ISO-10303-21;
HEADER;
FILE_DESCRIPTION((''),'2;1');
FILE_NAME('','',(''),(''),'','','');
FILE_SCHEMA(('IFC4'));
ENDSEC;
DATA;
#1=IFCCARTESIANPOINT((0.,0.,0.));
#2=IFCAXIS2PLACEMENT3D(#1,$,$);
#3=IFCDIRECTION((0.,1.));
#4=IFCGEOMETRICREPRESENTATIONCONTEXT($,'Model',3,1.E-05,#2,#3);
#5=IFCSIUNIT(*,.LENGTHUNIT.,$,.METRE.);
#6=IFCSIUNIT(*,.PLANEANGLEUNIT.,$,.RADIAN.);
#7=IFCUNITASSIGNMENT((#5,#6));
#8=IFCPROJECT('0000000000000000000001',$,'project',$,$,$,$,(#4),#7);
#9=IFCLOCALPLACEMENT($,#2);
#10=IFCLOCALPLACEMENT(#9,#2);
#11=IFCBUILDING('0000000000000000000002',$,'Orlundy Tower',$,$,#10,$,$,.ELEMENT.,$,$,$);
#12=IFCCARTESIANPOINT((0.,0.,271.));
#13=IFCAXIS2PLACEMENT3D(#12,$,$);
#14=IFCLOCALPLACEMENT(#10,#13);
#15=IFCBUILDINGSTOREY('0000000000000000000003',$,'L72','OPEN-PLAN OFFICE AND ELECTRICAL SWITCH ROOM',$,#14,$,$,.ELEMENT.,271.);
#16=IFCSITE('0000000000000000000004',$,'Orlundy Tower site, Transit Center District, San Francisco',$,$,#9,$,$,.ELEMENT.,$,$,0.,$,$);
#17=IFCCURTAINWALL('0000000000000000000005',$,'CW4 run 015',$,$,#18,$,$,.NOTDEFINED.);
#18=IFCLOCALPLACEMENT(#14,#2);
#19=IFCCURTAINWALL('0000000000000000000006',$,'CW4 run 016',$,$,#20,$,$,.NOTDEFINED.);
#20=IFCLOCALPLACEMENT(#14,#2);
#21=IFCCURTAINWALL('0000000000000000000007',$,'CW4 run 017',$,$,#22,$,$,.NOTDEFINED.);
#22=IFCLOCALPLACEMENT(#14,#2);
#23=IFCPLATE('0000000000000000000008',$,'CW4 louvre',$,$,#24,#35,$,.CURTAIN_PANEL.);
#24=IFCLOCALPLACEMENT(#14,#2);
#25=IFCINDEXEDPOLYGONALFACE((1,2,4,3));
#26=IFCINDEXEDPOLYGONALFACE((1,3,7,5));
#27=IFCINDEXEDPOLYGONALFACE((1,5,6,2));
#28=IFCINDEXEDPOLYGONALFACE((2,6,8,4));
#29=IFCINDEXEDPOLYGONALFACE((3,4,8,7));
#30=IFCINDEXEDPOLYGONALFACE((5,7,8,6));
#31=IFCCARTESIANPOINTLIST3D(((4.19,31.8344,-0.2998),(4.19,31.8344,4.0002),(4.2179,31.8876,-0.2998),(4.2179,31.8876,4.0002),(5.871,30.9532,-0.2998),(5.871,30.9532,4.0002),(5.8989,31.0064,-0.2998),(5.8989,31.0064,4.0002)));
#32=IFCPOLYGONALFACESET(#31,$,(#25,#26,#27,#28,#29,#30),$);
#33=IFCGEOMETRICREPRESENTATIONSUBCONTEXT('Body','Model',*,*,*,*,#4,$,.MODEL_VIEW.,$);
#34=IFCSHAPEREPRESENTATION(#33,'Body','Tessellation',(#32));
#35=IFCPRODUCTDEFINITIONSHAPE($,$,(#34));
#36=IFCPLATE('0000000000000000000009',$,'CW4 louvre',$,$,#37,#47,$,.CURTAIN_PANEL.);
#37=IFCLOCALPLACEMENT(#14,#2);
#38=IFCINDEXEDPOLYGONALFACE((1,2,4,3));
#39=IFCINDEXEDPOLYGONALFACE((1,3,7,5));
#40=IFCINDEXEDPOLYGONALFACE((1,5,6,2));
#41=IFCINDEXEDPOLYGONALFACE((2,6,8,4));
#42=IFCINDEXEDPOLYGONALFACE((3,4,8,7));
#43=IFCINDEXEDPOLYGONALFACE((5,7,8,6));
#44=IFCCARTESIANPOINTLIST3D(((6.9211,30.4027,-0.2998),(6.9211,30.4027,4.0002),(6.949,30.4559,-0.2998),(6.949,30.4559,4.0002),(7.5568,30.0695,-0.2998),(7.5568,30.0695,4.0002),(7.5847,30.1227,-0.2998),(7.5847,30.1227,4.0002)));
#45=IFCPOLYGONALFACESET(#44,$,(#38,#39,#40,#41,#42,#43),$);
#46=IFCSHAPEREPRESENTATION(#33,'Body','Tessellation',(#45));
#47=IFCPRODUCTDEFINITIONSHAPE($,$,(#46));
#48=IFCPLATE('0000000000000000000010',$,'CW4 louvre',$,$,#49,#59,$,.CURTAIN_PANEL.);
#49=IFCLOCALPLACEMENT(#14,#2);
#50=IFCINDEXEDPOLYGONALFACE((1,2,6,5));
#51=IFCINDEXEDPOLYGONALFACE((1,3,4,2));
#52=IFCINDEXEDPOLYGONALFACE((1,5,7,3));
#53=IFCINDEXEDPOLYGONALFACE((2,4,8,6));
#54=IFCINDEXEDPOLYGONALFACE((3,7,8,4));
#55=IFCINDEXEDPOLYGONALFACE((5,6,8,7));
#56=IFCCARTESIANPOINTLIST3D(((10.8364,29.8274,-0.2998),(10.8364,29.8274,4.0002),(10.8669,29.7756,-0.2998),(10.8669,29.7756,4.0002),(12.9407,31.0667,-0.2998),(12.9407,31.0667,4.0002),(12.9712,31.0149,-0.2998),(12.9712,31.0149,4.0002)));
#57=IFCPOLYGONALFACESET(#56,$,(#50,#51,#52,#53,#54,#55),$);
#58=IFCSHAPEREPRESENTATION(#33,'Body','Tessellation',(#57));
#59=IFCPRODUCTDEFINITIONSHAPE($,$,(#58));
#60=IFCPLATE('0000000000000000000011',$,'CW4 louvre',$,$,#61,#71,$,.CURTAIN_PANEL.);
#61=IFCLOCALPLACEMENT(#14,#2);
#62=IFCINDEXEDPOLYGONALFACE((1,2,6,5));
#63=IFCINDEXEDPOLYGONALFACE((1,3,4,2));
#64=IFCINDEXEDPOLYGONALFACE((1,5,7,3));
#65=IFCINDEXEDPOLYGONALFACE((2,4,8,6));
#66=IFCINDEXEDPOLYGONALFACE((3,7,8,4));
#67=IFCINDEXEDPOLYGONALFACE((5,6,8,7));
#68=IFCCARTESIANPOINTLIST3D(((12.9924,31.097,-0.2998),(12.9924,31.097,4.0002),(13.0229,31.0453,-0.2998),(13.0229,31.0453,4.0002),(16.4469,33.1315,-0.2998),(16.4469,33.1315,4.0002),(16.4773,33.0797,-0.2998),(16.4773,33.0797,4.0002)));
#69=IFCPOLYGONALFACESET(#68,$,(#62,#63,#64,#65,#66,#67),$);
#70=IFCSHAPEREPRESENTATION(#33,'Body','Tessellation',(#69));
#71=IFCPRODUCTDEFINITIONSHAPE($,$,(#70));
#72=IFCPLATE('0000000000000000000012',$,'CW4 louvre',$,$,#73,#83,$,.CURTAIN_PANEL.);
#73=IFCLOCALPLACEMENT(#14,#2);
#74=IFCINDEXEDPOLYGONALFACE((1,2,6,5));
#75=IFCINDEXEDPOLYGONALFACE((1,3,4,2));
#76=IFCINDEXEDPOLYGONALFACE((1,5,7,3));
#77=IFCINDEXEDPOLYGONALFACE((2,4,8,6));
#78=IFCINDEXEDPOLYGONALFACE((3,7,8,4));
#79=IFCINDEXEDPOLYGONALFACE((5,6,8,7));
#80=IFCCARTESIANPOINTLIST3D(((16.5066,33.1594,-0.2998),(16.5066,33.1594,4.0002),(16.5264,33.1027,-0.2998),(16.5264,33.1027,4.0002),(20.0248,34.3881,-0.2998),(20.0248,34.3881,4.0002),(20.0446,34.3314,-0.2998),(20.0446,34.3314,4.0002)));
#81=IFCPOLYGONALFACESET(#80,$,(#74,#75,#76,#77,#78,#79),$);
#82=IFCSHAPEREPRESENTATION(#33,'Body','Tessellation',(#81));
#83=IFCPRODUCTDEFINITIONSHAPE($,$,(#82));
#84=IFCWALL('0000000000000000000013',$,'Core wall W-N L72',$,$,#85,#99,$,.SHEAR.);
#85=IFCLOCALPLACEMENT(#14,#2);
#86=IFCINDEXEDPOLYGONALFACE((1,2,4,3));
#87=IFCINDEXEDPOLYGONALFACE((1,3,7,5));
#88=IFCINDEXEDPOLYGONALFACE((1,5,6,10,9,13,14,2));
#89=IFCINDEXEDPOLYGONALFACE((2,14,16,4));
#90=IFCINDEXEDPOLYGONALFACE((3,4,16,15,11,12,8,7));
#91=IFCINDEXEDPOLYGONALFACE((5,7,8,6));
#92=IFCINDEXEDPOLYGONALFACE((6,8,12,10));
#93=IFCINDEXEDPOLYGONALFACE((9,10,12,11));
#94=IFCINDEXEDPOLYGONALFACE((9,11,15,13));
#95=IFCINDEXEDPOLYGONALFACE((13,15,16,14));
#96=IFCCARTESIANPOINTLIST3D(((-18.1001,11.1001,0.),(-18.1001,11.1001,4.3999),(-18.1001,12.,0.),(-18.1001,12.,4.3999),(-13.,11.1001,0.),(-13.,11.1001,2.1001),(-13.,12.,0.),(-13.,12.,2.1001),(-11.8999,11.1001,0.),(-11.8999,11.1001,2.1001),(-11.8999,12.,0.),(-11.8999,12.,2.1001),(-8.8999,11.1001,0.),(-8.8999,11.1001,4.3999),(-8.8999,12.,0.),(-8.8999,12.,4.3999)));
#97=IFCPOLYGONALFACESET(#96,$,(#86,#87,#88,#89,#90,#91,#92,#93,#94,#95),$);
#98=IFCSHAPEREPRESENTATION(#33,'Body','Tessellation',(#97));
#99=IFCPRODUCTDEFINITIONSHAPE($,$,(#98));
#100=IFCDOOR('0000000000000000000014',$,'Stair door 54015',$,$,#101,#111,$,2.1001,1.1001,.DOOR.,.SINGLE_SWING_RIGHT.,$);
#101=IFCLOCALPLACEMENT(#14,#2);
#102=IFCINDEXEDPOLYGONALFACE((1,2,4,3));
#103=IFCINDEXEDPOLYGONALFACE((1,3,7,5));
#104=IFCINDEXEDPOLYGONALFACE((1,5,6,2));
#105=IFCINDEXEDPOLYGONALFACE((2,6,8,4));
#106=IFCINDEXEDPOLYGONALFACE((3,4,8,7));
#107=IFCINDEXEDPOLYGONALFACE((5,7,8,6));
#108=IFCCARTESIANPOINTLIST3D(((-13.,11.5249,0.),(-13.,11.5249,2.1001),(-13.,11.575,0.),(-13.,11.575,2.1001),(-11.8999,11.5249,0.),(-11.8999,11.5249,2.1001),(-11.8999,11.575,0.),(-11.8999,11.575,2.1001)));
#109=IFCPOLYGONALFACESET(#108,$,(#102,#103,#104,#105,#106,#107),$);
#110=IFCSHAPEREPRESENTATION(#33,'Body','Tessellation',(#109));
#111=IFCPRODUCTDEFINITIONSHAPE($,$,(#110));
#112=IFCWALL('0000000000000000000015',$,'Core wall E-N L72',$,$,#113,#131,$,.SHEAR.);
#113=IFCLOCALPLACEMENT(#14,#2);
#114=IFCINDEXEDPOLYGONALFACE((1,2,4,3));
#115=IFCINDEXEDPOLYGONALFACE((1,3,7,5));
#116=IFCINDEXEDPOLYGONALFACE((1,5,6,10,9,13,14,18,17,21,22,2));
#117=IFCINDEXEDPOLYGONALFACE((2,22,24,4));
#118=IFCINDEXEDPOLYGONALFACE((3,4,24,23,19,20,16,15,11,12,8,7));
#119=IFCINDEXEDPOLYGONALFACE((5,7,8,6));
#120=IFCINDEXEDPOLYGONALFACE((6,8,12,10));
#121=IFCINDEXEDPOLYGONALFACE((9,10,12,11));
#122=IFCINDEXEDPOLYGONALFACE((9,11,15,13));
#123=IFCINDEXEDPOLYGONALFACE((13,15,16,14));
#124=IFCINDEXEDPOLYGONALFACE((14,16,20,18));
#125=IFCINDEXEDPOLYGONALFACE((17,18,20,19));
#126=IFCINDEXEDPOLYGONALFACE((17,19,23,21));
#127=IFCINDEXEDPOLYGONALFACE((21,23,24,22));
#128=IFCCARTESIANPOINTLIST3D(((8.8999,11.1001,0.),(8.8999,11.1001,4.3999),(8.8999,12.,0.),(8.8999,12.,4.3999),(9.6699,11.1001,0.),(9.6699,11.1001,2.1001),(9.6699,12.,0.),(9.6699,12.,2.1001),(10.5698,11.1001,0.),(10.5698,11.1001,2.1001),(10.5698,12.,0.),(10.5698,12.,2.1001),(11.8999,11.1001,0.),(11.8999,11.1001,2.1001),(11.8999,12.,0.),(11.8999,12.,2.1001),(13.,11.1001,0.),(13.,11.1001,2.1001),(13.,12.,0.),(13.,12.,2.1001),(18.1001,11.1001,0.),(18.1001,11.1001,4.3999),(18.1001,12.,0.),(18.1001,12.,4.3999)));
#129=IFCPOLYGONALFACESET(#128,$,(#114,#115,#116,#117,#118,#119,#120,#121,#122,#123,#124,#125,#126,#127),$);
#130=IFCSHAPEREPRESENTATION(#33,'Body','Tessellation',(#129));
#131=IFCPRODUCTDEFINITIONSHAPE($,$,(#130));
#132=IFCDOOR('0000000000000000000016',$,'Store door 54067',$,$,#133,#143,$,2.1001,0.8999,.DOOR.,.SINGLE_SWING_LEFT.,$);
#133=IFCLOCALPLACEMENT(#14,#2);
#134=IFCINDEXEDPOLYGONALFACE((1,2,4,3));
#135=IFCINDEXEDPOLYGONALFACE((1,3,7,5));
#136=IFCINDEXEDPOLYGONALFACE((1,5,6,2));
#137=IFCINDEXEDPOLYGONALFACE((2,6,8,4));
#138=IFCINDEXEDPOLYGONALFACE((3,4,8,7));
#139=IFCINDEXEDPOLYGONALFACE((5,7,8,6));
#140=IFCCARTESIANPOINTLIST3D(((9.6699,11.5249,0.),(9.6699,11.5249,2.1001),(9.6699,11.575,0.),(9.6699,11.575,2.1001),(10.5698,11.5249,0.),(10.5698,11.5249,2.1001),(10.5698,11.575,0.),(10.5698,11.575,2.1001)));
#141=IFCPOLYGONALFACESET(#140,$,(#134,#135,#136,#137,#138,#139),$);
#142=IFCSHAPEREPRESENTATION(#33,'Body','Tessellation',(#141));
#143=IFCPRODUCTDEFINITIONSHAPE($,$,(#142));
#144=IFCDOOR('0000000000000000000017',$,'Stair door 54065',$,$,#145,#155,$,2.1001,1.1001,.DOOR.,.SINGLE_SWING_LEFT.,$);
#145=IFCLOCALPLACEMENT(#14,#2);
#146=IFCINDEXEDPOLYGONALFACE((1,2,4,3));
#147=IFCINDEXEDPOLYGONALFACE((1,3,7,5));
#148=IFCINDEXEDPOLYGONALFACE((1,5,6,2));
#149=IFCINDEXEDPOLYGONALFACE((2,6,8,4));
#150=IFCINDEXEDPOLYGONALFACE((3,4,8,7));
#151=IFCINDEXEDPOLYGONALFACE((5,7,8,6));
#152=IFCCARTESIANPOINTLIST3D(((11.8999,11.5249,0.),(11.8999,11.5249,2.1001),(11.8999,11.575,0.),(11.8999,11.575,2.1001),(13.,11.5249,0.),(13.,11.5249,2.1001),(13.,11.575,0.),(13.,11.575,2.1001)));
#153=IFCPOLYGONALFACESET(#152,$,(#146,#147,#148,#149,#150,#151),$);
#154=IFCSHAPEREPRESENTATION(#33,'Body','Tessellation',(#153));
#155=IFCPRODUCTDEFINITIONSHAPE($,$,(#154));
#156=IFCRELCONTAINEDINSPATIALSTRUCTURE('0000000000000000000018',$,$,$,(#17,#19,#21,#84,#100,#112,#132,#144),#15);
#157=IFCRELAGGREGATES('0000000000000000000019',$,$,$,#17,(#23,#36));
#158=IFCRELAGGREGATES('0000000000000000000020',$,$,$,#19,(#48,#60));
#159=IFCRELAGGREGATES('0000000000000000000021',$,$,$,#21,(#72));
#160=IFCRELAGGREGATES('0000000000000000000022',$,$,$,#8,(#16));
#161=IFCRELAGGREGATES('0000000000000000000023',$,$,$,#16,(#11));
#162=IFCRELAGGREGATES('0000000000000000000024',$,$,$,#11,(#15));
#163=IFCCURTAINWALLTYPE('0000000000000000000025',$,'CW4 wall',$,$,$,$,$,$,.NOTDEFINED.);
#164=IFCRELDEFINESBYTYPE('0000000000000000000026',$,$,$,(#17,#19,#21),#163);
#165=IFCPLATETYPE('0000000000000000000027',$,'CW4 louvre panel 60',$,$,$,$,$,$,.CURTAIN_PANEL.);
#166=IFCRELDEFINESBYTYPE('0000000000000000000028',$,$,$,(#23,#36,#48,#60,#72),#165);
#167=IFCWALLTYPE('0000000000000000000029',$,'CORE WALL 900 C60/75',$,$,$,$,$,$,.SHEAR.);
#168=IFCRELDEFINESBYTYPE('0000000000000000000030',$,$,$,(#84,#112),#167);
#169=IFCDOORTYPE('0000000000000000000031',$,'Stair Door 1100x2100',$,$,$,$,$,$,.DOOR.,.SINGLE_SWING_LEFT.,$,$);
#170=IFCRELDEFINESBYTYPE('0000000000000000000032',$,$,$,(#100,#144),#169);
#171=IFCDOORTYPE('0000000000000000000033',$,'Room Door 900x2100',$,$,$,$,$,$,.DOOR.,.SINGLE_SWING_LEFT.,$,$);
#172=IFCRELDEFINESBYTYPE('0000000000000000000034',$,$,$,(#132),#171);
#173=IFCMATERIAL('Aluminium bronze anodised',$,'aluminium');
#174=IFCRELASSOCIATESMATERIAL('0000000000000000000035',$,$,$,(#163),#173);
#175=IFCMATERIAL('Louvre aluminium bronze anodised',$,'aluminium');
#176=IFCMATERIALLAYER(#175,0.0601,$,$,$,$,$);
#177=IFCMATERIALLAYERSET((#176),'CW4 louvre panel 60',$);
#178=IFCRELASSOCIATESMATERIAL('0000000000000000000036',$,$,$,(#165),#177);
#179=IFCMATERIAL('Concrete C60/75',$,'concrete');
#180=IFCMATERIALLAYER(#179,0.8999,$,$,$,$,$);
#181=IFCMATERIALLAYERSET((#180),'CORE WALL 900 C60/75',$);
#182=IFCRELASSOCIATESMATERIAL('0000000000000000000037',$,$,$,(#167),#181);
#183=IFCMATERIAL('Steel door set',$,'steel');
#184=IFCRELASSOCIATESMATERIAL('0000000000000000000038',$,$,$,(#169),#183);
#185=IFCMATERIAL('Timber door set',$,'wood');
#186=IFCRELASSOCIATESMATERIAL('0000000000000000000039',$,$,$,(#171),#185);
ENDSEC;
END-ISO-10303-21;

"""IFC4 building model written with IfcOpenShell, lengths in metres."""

from ifc_helpers import new_model, si_unit, direction, frame, frame_2d, origin, origin_2d, place, context, subcontext, project, spatial, rectangle, extrude, material, layer, layer_set, type_object, element, fill, aggregate, save


model = new_model("IFC4")

# Units and contexts
model_context = context("Model", 3, precision=1e-05, world=origin(), true_north=direction((0.0, 1.0)))
body_context = subcontext(model_context, "Body", "Model", "MODEL_VIEW")
ifc_project = project(units=[si_unit("LENGTHUNIT", "METRE"), si_unit("PLANEANGLEUNIT", "RADIAN")], contexts=[model_context])

# Site, building, storey
site_placement = place(None, origin())
site = spatial("IfcSite", under=ifc_project, at=site_placement, Name="Orlundy Tower site, Transit Center District, San Francisco", CompositionType="ELEMENT", RefElevation=0.0)
building_placement = place(site_placement, origin())
building = spatial("IfcBuilding", under=site, at=building_placement, Name="Orlundy Tower", CompositionType="ELEMENT")
storey_placement = place(building_placement, frame((0.0, 0.0, 271.0)))
storey = spatial("IfcBuildingStorey", under=building, at=storey_placement, Name="L72", Description="OPEN-PLAN OFFICE AND ELECTRICAL SWITCH ROOM", CompositionType="ELEMENT", Elevation=271.0)

# Curtain walls
ifc_material_1 = material(Name="Aluminium bronze anodised", Category="aluminium")
curtain_wall_type = type_object("IfcCurtainWallType", Name="CW4 wall", PredefinedType="NOTDEFINED", material=ifc_material_1)
curtain_wall_1_placement = place(storey_placement, origin())
curtain_wall_1 = element("IfcCurtainWall", 1, at=curtain_wall_1_placement, inside=storey, type_object=curtain_wall_type, Name="CW4 run 015", PredefinedType="NOTDEFINED")
curtain_wall_2_placement = place(storey_placement, origin())
curtain_wall_2 = element("IfcCurtainWall", 2, at=curtain_wall_2_placement, inside=storey, type_object=curtain_wall_type, Name="CW4 run 016", PredefinedType="NOTDEFINED")
curtain_wall_3_placement = place(storey_placement, origin())
curtain_wall_3 = element("IfcCurtainWall", 3, at=curtain_wall_3_placement, inside=storey, type_object=curtain_wall_type, Name="CW4 run 017", PredefinedType="NOTDEFINED")

# Shared definitions
ifc_material_2 = material(Name="Louvre aluminium bronze anodised", Category="aluminium")
ifc_layer_1 = layer(ifc_material_2, 0.0601)
ifc_layer_set_1 = layer_set([ifc_layer_1], Name="CW4 louvre panel 60")
plate_type = type_object("IfcPlateType", Name="CW4 louvre panel 60", PredefinedType="CURTAIN_PANEL", material=ifc_layer_set_1)

# Plates
plate_1_placement = place(storey_placement, frame((5.0444, 31.4204, -0.2998), z_axis=(0.0, 0.0, 1.0), x_axis=(0.885688, -0.464281, 0.0)))
plate_1 = element("IfcPlate", 4, at=plate_1_placement, type_object=plate_type, Name="CW4 louvre", PredefinedType="CURTAIN_PANEL", context=body_context, shape_type="SweptSolid", body=[
    extrude(rectangle(XDim=1.8979, YDim=0.0601, at=origin_2d()), origin(), (0.0, 0.0, 1.0), 4.3),
])
plate_2_placement = place(storey_placement, frame((7.2529, 30.2627, -0.2998), z_axis=(0.0, 0.0, 1.0), x_axis=(0.885688, -0.464281, 0.0)))
plate_2 = element("IfcPlate", 5, at=plate_2_placement, type_object=plate_type, Name="CW4 louvre", PredefinedType="CURTAIN_PANEL", context=body_context, shape_type="SweptSolid", body=[
    extrude(rectangle(XDim=0.7178, YDim=0.0601, at=origin_2d()), origin(), (0.0, 0.0, 1.0), 4.3),
])
aggregate(curtain_wall_1, [plate_1, plate_2])
plate_3_placement = place(storey_placement, frame((11.9038, 30.4211, -0.2998), z_axis=(0.0, 0.0, 1.0), x_axis=(0.861677, 0.507457, 0.0)))
plate_3 = element("IfcPlate", 6, at=plate_3_placement, type_object=plate_type, Name="CW4 louvre", PredefinedType="CURTAIN_PANEL", context=body_context, shape_type="SweptSolid", body=[
    extrude(rectangle(XDim=2.4421, YDim=0.0601, at=origin_2d()), origin(), (0.0, 0.0, 1.0), 4.3),
])
plate_4_placement = place(storey_placement, frame((14.7349, 32.0884, -0.2998), z_axis=(0.0, 0.0, 1.0), x_axis=(0.861677, 0.507457, 0.0)))
plate_4 = element("IfcPlate", 7, at=plate_4_placement, type_object=plate_type, Name="CW4 louvre", PredefinedType="CURTAIN_PANEL", context=body_context, shape_type="SweptSolid", body=[
    extrude(rectangle(XDim=4.009, YDim=0.0601, at=origin_2d()), origin(), (0.0, 0.0, 1.0), 4.3),
])
aggregate(curtain_wall_2, [plate_3, plate_4])
plate_5_placement = place(storey_placement, frame((18.2756, 33.7454, -0.2998), z_axis=(0.0, 0.0, 1.0), x_axis=(0.944081, 0.329713, 0.0)))
plate_5 = element("IfcPlate", 8, at=plate_5_placement, type_object=plate_type, Name="CW4 louvre", PredefinedType="CURTAIN_PANEL", context=body_context, shape_type="SweptSolid", body=[
    extrude(rectangle(XDim=3.7266, YDim=0.0601, at=origin_2d()), origin(), (0.0, 0.0, 1.0), 4.3),
])
aggregate(curtain_wall_3, [plate_5])

# Wall, opening, door
ifc_material_3 = material(Name="Concrete C60/75", Category="concrete")
ifc_layer_2 = layer(ifc_material_3, 0.8999)
ifc_layer_set_2 = layer_set([ifc_layer_2], Name="CORE WALL 900 C60/75")
wall_type = type_object("IfcWallType", Name="CORE WALL 900 C60/75", PredefinedType="SHEAR", material=ifc_layer_set_2)
wall_1_placement = place(storey_placement, frame((-18.1001, 11.55, 0.0), z_axis=(0.0, 0.0, 1.0), x_axis=(1.0, 0.0, 0.0)))
wall_1 = element("IfcWall", 9, at=wall_1_placement, inside=storey, type_object=wall_type, Name="Core wall W-N L72", PredefinedType="SHEAR", context=body_context, shape_type="SweptSolid", body=[
    extrude(rectangle(XDim=9.2002, YDim=0.8999, at=frame_2d((4.6001, 0.0))), origin(), (0.0, 0.0, 1.0), 4.3999),
])
opening_1_placement = place(wall_1_placement, frame((5.1001, 0.0, 0.0)))
opening_1 = element("IfcOpeningElement", 10, at=opening_1_placement, cuts=wall_1, PredefinedType="OPENING", context=body_context, shape_type="SweptSolid", body=[
    extrude(rectangle(XDim=1.1001, YDim=2.1001, at=frame_2d((0.55, 1.05))), frame((0.0, 0.46, 0.0), z_axis=(0.0, -1.0, 0.0), x_axis=(1.0, 0.0, 0.0)), (0.0, 0.0, 1.0), 0.9199),
])
ifc_material_4 = material(Name="Steel door set", Category="steel")
door_type_1 = type_object("IfcDoorType", Name="Stair Door 1100x2100", OperationType="SINGLE_SWING_LEFT", PredefinedType="DOOR", material=ifc_material_4)
door_1_placement = place(opening_1_placement, origin())
door_1 = element("IfcDoor", 11, at=door_1_placement, inside=storey, type_object=door_type_1, Name="Stair door 54015", OperationType="SINGLE_SWING_RIGHT", OverallHeight=2.1001, OverallWidth=1.1001, PredefinedType="DOOR", context=body_context, shape_type="SweptSolid", body=[
    extrude(rectangle(XDim=1.1001, YDim=2.1001, at=frame_2d((0.55, 1.05))), frame((0.0, 0.0249, 0.0), z_axis=(0.0, -1.0, 0.0), x_axis=(1.0, 0.0, 0.0)), (0.0, 0.0, 1.0), 0.05),
])
fill(opening_1, door_1)

# Wall, openings, doors
wall_2_placement = place(storey_placement, frame((8.8999, 11.55, 0.0), z_axis=(0.0, 0.0, 1.0), x_axis=(1.0, 0.0, 0.0)))
wall_2 = element("IfcWall", 12, at=wall_2_placement, inside=storey, type_object=wall_type, Name="Core wall E-N L72", PredefinedType="SHEAR", context=body_context, shape_type="SweptSolid", body=[
    extrude(rectangle(XDim=9.2002, YDim=0.8999, at=frame_2d((4.6001, 0.0))), origin(), (0.0, 0.0, 1.0), 4.3999),
])
opening_2_placement = place(wall_2_placement, frame((3.0, 0.0, 0.0)))
opening_2 = element("IfcOpeningElement", 13, at=opening_2_placement, cuts=wall_2, PredefinedType="OPENING", context=body_context, shape_type="SweptSolid", body=[
    extrude(rectangle(XDim=1.1001, YDim=2.1001, at=frame_2d((0.55, 1.05))), frame((0.0, 0.46, 0.0), z_axis=(0.0, -1.0, 0.0), x_axis=(1.0, 0.0, 0.0)), (0.0, 0.0, 1.0), 0.9199),
])
opening_3_placement = place(wall_2_placement, frame((0.77, 0.0, 0.0)))
opening_3 = element("IfcOpeningElement", 14, at=opening_3_placement, cuts=wall_2, PredefinedType="OPENING", context=body_context, shape_type="SweptSolid", body=[
    extrude(rectangle(XDim=0.8999, YDim=2.1001, at=frame_2d((0.45, 1.05))), frame((0.0, 0.46, 0.0), z_axis=(0.0, -1.0, 0.0), x_axis=(1.0, 0.0, 0.0)), (0.0, 0.0, 1.0), 0.9199),
])
ifc_material_5 = material(Name="Timber door set", Category="wood")
door_type_2 = type_object("IfcDoorType", Name="Room Door 900x2100", OperationType="SINGLE_SWING_LEFT", PredefinedType="DOOR", material=ifc_material_5)
door_2_placement = place(opening_3_placement, origin())
door_2 = element("IfcDoor", 15, at=door_2_placement, inside=storey, type_object=door_type_2, Name="Store door 54067", OperationType="SINGLE_SWING_LEFT", OverallHeight=2.1001, OverallWidth=0.8999, PredefinedType="DOOR", context=body_context, shape_type="SweptSolid", body=[
    extrude(rectangle(XDim=0.8999, YDim=2.1001, at=frame_2d((0.45, 1.05))), frame((0.0, 0.0249, 0.0), z_axis=(0.0, -1.0, 0.0), x_axis=(1.0, 0.0, 0.0)), (0.0, 0.0, 1.0), 0.05),
])
fill(opening_3, door_2)
door_3_placement = place(opening_2_placement, origin())
door_3 = element("IfcDoor", 16, at=door_3_placement, inside=storey, type_object=door_type_1, Name="Stair door 54065", OperationType="SINGLE_SWING_LEFT", OverallHeight=2.1001, OverallWidth=1.1001, PredefinedType="DOOR", context=body_context, shape_type="SweptSolid", body=[
    extrude(rectangle(XDim=1.1001, YDim=2.1001, at=frame_2d((0.55, 1.05))), frame((0.0, 0.0249, 0.0), z_axis=(0.0, -1.0, 0.0), x_axis=(1.0, 0.0, 0.0)), (0.0, 0.0, 1.0), 0.05),
])
fill(opening_2, door_3)

save(model, "model.ifc")
